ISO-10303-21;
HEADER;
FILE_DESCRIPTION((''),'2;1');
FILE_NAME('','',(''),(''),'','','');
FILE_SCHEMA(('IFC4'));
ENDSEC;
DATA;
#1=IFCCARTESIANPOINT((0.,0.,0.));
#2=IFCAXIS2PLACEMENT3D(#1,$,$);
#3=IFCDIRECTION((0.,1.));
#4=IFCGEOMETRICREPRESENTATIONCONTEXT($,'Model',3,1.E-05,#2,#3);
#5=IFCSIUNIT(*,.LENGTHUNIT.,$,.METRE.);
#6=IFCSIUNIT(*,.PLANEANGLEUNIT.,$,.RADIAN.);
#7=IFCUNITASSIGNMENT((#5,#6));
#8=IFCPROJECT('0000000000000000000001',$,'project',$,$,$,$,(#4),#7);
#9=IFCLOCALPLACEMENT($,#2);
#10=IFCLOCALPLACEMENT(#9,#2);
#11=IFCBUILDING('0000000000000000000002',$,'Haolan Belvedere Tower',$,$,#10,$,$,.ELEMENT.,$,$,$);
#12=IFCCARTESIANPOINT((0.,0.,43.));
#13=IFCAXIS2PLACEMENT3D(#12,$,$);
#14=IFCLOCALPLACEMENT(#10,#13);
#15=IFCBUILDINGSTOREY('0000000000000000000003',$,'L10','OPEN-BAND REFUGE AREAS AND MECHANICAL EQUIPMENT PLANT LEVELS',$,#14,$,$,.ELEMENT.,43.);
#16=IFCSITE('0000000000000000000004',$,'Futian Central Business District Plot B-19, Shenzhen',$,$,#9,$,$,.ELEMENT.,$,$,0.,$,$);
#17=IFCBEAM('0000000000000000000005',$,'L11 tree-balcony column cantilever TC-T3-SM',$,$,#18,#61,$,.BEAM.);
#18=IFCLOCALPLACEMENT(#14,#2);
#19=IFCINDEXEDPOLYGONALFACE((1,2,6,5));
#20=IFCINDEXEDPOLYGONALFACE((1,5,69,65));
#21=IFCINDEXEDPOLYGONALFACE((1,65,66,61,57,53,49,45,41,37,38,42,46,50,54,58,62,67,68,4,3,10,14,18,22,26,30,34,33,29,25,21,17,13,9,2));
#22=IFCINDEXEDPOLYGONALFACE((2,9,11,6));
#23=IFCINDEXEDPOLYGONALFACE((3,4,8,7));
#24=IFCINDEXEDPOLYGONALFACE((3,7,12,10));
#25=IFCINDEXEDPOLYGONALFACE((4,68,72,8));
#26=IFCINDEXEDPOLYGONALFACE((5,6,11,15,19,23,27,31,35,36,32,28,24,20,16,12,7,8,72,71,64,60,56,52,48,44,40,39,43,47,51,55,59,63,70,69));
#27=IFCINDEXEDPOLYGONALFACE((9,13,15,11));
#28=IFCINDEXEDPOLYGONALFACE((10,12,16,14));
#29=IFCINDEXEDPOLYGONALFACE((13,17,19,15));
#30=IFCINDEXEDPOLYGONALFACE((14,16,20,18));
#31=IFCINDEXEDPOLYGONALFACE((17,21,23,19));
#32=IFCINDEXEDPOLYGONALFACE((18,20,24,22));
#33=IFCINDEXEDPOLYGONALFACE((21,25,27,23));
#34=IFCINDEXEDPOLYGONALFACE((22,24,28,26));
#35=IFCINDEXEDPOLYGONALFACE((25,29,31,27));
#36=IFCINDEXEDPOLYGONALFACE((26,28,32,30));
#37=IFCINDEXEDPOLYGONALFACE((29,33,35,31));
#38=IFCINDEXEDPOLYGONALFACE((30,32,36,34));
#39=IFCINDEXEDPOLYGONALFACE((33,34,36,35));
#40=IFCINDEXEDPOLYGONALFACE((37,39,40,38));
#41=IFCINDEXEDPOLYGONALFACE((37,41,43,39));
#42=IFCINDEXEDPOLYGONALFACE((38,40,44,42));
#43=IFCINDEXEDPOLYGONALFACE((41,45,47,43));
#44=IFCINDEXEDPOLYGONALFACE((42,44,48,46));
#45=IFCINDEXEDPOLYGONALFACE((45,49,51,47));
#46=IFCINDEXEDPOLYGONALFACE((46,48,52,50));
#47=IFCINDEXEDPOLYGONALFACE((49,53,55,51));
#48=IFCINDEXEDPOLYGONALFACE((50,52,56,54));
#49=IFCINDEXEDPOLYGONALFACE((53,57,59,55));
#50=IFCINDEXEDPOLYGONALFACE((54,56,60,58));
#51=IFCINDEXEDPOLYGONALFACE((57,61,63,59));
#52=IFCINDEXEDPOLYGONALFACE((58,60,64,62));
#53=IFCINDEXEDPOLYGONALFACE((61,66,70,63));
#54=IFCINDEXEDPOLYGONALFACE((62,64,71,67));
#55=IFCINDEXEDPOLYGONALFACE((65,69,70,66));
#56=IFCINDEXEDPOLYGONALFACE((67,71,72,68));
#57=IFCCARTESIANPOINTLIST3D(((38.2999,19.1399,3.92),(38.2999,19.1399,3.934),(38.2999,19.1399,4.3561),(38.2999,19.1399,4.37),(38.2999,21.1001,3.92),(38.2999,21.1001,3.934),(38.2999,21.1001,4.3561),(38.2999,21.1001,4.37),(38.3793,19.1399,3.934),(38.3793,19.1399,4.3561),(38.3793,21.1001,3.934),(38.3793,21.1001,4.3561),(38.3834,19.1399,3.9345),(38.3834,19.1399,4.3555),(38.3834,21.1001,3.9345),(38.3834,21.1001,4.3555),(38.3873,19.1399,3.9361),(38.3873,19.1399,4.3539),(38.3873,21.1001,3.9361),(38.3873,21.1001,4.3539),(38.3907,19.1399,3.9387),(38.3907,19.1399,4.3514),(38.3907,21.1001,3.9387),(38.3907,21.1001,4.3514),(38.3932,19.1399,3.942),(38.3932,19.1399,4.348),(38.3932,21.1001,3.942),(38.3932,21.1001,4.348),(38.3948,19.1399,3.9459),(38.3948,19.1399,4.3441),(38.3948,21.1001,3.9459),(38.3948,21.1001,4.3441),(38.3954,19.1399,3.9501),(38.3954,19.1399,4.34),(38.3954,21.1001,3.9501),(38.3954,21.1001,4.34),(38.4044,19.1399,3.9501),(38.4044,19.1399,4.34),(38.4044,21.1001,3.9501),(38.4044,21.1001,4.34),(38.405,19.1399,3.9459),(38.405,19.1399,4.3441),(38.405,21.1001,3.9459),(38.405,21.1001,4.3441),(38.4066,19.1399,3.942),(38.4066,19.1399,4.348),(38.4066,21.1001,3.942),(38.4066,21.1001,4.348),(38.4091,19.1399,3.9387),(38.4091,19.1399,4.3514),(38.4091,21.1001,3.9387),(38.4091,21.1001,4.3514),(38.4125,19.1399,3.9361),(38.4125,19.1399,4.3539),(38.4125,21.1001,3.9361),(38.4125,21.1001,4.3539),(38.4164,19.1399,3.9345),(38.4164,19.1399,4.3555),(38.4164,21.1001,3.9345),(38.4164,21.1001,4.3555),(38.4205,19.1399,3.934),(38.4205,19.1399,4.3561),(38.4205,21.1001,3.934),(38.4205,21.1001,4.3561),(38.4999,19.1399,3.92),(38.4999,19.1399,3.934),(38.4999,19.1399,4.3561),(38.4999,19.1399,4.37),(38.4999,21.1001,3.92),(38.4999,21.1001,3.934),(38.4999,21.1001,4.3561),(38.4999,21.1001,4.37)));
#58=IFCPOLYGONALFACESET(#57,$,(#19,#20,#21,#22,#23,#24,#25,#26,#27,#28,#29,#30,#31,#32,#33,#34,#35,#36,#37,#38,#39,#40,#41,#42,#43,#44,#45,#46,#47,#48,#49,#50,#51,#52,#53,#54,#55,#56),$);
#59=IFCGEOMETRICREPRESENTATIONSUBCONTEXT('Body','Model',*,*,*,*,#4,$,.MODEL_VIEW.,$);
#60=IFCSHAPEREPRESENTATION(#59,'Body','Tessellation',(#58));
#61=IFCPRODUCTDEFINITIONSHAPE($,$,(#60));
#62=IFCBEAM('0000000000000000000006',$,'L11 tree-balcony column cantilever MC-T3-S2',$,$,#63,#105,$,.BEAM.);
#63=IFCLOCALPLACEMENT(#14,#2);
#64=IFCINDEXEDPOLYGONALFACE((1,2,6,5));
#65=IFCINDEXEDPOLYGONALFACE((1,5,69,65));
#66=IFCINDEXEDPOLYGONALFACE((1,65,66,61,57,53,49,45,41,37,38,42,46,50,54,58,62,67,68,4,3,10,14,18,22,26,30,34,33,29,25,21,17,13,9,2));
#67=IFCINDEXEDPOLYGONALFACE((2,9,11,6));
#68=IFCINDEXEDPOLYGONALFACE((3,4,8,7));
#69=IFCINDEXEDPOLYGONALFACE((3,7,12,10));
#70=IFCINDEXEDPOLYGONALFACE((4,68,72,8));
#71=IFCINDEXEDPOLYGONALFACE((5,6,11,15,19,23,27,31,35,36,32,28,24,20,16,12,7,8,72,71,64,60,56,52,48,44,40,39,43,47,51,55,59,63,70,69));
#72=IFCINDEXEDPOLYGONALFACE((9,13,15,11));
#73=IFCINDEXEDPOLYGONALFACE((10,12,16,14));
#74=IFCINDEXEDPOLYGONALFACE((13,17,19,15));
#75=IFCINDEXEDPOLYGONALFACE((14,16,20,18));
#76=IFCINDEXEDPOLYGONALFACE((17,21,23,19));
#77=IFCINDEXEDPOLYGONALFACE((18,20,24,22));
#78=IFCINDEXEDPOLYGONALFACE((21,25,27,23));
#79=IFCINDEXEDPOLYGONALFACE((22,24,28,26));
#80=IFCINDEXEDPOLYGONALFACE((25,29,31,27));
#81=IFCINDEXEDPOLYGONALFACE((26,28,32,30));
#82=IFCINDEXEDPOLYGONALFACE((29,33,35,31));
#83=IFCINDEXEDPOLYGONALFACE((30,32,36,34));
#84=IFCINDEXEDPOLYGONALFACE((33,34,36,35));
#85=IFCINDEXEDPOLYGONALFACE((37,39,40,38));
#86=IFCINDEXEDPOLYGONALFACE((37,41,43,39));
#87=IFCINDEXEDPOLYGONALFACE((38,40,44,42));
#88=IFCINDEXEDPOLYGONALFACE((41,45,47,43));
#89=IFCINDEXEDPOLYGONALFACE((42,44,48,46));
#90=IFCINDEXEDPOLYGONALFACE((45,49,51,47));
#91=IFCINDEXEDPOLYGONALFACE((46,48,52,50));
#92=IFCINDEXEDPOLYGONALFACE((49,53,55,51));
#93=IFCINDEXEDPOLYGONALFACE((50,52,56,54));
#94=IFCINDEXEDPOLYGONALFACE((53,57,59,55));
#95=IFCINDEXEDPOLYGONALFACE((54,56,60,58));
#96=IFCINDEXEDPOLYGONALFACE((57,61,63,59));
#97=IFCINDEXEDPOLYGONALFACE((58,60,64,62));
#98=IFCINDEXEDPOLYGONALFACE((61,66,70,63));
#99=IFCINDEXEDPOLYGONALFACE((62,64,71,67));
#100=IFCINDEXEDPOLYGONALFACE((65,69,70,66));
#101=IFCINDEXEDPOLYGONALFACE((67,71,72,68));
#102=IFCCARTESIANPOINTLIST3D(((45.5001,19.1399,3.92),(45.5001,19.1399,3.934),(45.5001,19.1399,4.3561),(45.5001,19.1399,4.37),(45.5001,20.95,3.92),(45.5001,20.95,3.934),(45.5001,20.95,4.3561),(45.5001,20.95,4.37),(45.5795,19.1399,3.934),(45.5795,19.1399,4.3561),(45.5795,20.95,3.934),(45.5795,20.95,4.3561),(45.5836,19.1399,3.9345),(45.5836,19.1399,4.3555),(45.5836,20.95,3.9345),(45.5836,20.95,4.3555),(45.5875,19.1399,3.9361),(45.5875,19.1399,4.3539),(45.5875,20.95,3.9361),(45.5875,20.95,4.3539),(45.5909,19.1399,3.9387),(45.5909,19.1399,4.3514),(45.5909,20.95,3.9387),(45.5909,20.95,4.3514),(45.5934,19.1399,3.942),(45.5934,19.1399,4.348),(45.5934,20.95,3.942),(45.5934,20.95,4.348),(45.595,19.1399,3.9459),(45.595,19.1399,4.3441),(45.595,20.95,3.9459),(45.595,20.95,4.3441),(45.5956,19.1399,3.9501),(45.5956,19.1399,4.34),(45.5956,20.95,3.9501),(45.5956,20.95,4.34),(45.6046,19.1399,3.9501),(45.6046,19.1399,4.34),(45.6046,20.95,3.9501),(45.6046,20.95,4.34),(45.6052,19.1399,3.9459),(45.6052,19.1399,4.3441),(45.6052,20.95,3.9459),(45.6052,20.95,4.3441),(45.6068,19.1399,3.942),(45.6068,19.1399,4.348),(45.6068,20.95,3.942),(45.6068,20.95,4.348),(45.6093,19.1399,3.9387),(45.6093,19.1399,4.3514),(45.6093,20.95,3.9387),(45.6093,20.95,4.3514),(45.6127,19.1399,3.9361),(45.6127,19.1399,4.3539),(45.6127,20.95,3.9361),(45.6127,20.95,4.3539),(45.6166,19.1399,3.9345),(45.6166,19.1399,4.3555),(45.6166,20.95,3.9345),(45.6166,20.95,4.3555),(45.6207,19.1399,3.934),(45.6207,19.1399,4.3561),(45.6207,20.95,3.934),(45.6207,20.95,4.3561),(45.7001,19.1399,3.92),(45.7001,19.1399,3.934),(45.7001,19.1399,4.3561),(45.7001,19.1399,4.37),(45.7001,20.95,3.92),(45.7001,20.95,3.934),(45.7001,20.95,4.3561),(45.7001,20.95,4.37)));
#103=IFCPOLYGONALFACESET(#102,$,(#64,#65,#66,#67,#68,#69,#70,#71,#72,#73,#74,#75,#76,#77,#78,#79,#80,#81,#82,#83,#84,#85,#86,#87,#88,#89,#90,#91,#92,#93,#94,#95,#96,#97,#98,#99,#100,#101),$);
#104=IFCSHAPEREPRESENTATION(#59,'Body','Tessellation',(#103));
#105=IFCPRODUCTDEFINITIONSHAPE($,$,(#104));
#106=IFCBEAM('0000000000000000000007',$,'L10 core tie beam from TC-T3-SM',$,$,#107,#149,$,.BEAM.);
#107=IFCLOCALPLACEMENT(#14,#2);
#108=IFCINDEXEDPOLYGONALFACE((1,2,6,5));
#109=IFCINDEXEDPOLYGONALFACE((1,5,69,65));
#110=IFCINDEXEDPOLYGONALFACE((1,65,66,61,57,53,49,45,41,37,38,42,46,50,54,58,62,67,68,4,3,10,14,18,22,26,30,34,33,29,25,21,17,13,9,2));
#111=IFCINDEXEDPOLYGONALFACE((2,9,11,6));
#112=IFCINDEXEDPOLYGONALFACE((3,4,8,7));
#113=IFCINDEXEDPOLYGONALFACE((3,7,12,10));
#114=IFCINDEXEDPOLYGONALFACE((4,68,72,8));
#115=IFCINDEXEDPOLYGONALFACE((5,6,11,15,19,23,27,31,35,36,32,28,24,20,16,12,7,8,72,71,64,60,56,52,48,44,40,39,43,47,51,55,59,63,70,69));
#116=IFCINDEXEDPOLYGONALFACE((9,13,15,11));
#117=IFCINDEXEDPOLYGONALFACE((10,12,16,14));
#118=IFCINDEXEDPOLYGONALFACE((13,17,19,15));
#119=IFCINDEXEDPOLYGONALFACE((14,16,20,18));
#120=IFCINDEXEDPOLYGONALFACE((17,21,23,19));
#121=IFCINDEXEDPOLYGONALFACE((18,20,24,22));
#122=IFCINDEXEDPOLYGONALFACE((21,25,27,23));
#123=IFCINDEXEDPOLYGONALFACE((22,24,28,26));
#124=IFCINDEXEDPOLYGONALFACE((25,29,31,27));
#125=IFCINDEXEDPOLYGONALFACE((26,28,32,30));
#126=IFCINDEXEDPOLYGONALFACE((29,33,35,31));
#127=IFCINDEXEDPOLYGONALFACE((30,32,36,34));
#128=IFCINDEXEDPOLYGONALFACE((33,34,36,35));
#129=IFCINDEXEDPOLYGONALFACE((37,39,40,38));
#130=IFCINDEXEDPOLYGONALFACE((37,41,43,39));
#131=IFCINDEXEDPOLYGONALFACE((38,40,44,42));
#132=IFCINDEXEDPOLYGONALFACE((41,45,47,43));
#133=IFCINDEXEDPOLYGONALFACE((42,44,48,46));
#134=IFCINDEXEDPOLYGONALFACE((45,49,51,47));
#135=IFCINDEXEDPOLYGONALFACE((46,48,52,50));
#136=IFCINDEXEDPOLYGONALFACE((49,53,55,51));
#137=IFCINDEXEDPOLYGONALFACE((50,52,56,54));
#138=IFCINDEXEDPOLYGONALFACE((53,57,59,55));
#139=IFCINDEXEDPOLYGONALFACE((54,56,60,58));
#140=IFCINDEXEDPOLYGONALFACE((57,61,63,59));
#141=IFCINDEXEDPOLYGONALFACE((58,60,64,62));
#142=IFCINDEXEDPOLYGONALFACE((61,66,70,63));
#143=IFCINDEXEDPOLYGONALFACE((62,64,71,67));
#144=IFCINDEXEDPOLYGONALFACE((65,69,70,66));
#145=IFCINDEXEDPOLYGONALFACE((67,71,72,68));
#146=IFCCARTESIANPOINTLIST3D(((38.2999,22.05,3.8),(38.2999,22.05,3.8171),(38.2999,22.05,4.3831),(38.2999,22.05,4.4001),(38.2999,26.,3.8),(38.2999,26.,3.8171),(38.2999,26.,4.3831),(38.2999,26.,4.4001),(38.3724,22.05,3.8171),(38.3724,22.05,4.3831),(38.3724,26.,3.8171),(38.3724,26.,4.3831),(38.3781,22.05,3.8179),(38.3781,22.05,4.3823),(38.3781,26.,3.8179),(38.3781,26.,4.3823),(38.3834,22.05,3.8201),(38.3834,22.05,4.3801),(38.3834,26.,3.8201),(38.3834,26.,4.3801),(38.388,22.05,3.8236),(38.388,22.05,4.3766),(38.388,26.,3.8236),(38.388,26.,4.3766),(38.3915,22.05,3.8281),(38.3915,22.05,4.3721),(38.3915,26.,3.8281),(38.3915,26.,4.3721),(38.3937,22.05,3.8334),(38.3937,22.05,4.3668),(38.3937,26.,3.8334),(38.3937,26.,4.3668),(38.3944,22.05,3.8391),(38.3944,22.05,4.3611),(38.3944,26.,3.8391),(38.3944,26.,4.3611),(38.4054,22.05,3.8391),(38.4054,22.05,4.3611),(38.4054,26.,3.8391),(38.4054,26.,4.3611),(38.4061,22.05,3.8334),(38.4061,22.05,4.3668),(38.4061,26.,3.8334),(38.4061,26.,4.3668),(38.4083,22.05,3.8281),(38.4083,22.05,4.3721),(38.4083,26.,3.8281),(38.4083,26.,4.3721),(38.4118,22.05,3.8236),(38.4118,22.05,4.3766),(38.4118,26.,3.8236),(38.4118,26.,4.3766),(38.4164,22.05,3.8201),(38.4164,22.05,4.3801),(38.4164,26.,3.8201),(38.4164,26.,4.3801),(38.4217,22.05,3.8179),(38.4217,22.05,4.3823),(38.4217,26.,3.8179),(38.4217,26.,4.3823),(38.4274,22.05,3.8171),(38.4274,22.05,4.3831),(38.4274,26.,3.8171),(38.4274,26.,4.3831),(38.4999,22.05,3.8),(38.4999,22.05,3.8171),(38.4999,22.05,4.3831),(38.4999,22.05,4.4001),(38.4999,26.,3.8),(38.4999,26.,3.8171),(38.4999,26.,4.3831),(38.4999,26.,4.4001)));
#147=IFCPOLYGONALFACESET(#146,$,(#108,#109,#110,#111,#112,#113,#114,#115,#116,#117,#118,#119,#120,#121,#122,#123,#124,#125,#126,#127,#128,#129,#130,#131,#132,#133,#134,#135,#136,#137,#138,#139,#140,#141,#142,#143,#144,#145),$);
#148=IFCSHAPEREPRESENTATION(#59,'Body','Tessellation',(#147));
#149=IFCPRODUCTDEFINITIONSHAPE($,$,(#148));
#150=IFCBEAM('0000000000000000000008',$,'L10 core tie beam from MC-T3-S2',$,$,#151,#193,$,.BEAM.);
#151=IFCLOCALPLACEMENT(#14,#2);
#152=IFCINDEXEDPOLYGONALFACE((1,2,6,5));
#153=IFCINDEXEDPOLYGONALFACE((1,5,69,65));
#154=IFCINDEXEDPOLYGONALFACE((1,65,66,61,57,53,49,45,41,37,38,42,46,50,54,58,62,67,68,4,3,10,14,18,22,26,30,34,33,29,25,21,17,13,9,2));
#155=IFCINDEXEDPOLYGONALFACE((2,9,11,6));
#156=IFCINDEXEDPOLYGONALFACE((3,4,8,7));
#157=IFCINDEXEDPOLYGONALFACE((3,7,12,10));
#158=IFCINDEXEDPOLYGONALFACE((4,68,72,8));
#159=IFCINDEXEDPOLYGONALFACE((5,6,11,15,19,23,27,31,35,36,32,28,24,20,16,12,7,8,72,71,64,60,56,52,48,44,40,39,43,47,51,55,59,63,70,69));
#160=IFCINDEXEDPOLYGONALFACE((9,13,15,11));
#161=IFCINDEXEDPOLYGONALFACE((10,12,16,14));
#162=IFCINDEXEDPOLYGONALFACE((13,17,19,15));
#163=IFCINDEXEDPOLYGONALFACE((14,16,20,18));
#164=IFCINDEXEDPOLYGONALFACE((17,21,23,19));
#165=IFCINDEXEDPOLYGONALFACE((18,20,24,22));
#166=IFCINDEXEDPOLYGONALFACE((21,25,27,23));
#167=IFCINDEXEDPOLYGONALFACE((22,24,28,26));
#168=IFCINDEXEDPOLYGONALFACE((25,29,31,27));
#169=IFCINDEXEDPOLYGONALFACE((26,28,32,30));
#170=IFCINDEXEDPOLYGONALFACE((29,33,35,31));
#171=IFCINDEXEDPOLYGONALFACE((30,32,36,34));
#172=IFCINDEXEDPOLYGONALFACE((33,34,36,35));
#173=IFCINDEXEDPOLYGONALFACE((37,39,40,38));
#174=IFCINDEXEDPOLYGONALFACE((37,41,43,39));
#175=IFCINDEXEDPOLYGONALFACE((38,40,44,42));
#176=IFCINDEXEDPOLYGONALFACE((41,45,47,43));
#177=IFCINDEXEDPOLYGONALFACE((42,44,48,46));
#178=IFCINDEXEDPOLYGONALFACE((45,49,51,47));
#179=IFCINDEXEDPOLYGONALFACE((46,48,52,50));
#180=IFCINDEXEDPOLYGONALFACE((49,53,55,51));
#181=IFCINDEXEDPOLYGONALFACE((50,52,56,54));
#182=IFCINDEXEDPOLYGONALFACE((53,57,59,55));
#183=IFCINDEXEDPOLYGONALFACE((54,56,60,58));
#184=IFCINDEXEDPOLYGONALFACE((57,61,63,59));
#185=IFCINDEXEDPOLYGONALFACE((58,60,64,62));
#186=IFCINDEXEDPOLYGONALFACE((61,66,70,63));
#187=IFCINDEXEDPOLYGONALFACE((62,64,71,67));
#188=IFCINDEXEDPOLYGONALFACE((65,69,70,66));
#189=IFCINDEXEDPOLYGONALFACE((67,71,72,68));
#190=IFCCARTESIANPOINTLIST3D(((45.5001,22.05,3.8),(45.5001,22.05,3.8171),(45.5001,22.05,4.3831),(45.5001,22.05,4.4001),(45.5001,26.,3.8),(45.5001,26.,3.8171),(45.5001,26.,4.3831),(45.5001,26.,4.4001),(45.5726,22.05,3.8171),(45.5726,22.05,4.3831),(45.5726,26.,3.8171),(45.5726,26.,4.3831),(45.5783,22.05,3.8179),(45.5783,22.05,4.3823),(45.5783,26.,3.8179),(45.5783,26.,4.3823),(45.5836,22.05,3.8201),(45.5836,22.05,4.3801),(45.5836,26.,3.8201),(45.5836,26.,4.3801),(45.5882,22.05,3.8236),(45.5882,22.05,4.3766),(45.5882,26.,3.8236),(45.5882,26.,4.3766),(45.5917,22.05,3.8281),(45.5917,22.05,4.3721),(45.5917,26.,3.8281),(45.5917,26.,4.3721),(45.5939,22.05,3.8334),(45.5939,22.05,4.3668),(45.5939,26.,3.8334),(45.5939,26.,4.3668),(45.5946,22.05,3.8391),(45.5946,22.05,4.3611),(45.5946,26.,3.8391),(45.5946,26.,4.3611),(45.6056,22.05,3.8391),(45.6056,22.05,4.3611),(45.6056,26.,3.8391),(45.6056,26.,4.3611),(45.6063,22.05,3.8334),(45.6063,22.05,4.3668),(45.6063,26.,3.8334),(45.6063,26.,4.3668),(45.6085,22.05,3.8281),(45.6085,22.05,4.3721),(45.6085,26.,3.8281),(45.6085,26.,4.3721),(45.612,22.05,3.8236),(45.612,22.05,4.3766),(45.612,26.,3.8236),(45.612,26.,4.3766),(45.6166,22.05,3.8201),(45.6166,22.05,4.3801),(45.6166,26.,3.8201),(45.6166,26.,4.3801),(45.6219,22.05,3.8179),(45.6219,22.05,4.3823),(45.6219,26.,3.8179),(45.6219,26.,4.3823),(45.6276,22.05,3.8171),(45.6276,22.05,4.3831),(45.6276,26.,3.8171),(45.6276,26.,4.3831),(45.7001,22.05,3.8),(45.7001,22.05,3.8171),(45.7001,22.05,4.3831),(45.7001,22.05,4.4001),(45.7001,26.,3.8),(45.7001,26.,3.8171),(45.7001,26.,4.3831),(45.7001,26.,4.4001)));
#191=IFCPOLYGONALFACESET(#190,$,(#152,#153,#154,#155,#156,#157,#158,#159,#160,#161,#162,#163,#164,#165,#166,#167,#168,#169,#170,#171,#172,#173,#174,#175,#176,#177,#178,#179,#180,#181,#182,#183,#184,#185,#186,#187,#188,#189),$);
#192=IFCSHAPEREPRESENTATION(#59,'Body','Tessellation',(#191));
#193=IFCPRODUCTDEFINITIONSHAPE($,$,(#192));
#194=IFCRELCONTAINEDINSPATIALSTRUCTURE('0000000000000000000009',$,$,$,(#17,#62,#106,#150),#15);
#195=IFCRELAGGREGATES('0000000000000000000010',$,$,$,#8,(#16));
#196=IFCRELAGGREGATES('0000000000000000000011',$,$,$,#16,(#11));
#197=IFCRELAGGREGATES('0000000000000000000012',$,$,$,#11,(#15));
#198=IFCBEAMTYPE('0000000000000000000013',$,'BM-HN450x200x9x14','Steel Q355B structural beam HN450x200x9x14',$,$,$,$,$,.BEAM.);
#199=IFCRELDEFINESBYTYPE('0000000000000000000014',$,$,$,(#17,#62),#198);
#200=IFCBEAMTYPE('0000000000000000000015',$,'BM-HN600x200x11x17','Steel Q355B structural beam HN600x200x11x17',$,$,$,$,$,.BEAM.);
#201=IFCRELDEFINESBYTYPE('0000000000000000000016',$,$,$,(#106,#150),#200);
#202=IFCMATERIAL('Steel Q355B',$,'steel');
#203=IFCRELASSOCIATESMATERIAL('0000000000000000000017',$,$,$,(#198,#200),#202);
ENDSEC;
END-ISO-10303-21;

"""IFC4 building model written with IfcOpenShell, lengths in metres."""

from ifc_helpers import new_model, si_unit, direction, frame, origin, origin_2d, place, context, subcontext, project, spatial, i_section, extrude, material, material_profile, profile_set, type_object, element, save


model = new_model("IFC4")

# Units and contexts
model_context = context("Model", 3, precision=1e-05, world=origin(), true_north=direction((0.0, 1.0)))
body_context = subcontext(model_context, "Body", "Model", "MODEL_VIEW")
ifc_project = project(units=[si_unit("LENGTHUNIT", "METRE"), si_unit("PLANEANGLEUNIT", "RADIAN")], contexts=[model_context])

# Site, building, storey
site_placement = place(None, origin())
site = spatial("IfcSite", under=ifc_project, at=site_placement, Name="Futian Central Business District Plot B-19, Shenzhen", CompositionType="ELEMENT", RefElevation=0.0)
building_placement = place(site_placement, origin())
building = spatial("IfcBuilding", under=site, at=building_placement, Name="Haolan Belvedere Tower", CompositionType="ELEMENT")
storey_placement = place(building_placement, frame((0.0, 0.0, 43.0)))
storey = spatial("IfcBuildingStorey", under=building, at=storey_placement, Name="L10", Description="OPEN-BAND REFUGE AREAS AND MECHANICAL EQUIPMENT PLANT LEVELS", CompositionType="ELEMENT", Elevation=43.0)

# Shared definitions
ifc_material_1 = material(Name="Steel Q355B", Category="steel")

# Beams
ifc_material_profile_1 = material_profile(ifc_material_1, i_section(OverallWidth=0.2, OverallDepth=0.45, WebThickness=0.009, FlangeThickness=0.0139, FilletRadius=0.0161, at=origin_2d()), Name="Steel Q355B")
ifc_profile_set_1 = profile_set([ifc_material_profile_1], Name="Steel Q355B")
beam_type_1 = type_object("IfcBeamType", Name="BM-HN450x200x9x14", Description="Steel Q355B structural beam HN450x200x9x14", PredefinedType="BEAM", material=ifc_profile_set_1)
beam_1_placement = place(storey_placement, frame((38.3999, 21.1001, 4.145), z_axis=(0.0, -1.0, 0.0), x_axis=(1.0, 0.0, 0.0)))
element("IfcBeam", 1, at=beam_1_placement, inside=storey, type_object=beam_type_1, Name="L11 tree-balcony column cantilever TC-T3-SM", PredefinedType="BEAM", context=body_context, shape_type="SweptSolid", body=[
    extrude(i_section(OverallWidth=0.2, OverallDepth=0.45, WebThickness=0.009, FlangeThickness=0.0139, FilletRadius=0.0161, at=origin_2d()), origin(), (0.0, 0.0, 1.0), 1.9602),
])
beam_2_placement = place(storey_placement, frame((45.6001, 20.95, 4.145), z_axis=(0.0, -1.0, 0.0), x_axis=(1.0, 0.0, 0.0)))
element("IfcBeam", 2, at=beam_2_placement, inside=storey, type_object=beam_type_1, Name="L11 tree-balcony column cantilever MC-T3-S2", PredefinedType="BEAM", context=body_context, shape_type="SweptSolid", body=[
    extrude(i_section(OverallWidth=0.2, OverallDepth=0.45, WebThickness=0.009, FlangeThickness=0.0139, FilletRadius=0.0161, at=origin_2d()), origin(), (0.0, 0.0, 1.0), 1.8101),
])
ifc_material_profile_2 = material_profile(ifc_material_1, i_section(OverallWidth=0.2, OverallDepth=0.6001, WebThickness=0.011, FlangeThickness=0.0171, FilletRadius=0.022, at=origin_2d()), Name="Steel Q355B")
ifc_profile_set_2 = profile_set([ifc_material_profile_2], Name="Steel Q355B")
beam_type_2 = type_object("IfcBeamType", Name="BM-HN600x200x11x17", Description="Steel Q355B structural beam HN600x200x11x17", PredefinedType="BEAM", material=ifc_profile_set_2)
for number, where, z_axis, x_axis, name in (
    (3, (38.3999, 22.05, 4.1001), (0.0, 1.0, 0.0), (-1.0, 0.0, 0.0), "L10 core tie beam from TC-T3-SM"),
    (4, (45.6001, 22.05, 4.1001), (0.0, 1.0, 0.0), (-1.0, 0.0, 0.0), "L10 core tie beam from MC-T3-S2"),
):
    element("IfcBeam", number, at=place(storey_placement, frame(where, z_axis=z_axis, x_axis=x_axis)), inside=storey, type_object=beam_type_2, Name=name, PredefinedType="BEAM", context=body_context, shape_type="SweptSolid", body=[
        extrude(i_section(OverallWidth=0.2, OverallDepth=0.6001, WebThickness=0.011, FlangeThickness=0.0171, FilletRadius=0.022, at=origin_2d()), origin(), (0.0, 0.0, 1.0), 3.95),
    ])

save(model, "model.ifc")
